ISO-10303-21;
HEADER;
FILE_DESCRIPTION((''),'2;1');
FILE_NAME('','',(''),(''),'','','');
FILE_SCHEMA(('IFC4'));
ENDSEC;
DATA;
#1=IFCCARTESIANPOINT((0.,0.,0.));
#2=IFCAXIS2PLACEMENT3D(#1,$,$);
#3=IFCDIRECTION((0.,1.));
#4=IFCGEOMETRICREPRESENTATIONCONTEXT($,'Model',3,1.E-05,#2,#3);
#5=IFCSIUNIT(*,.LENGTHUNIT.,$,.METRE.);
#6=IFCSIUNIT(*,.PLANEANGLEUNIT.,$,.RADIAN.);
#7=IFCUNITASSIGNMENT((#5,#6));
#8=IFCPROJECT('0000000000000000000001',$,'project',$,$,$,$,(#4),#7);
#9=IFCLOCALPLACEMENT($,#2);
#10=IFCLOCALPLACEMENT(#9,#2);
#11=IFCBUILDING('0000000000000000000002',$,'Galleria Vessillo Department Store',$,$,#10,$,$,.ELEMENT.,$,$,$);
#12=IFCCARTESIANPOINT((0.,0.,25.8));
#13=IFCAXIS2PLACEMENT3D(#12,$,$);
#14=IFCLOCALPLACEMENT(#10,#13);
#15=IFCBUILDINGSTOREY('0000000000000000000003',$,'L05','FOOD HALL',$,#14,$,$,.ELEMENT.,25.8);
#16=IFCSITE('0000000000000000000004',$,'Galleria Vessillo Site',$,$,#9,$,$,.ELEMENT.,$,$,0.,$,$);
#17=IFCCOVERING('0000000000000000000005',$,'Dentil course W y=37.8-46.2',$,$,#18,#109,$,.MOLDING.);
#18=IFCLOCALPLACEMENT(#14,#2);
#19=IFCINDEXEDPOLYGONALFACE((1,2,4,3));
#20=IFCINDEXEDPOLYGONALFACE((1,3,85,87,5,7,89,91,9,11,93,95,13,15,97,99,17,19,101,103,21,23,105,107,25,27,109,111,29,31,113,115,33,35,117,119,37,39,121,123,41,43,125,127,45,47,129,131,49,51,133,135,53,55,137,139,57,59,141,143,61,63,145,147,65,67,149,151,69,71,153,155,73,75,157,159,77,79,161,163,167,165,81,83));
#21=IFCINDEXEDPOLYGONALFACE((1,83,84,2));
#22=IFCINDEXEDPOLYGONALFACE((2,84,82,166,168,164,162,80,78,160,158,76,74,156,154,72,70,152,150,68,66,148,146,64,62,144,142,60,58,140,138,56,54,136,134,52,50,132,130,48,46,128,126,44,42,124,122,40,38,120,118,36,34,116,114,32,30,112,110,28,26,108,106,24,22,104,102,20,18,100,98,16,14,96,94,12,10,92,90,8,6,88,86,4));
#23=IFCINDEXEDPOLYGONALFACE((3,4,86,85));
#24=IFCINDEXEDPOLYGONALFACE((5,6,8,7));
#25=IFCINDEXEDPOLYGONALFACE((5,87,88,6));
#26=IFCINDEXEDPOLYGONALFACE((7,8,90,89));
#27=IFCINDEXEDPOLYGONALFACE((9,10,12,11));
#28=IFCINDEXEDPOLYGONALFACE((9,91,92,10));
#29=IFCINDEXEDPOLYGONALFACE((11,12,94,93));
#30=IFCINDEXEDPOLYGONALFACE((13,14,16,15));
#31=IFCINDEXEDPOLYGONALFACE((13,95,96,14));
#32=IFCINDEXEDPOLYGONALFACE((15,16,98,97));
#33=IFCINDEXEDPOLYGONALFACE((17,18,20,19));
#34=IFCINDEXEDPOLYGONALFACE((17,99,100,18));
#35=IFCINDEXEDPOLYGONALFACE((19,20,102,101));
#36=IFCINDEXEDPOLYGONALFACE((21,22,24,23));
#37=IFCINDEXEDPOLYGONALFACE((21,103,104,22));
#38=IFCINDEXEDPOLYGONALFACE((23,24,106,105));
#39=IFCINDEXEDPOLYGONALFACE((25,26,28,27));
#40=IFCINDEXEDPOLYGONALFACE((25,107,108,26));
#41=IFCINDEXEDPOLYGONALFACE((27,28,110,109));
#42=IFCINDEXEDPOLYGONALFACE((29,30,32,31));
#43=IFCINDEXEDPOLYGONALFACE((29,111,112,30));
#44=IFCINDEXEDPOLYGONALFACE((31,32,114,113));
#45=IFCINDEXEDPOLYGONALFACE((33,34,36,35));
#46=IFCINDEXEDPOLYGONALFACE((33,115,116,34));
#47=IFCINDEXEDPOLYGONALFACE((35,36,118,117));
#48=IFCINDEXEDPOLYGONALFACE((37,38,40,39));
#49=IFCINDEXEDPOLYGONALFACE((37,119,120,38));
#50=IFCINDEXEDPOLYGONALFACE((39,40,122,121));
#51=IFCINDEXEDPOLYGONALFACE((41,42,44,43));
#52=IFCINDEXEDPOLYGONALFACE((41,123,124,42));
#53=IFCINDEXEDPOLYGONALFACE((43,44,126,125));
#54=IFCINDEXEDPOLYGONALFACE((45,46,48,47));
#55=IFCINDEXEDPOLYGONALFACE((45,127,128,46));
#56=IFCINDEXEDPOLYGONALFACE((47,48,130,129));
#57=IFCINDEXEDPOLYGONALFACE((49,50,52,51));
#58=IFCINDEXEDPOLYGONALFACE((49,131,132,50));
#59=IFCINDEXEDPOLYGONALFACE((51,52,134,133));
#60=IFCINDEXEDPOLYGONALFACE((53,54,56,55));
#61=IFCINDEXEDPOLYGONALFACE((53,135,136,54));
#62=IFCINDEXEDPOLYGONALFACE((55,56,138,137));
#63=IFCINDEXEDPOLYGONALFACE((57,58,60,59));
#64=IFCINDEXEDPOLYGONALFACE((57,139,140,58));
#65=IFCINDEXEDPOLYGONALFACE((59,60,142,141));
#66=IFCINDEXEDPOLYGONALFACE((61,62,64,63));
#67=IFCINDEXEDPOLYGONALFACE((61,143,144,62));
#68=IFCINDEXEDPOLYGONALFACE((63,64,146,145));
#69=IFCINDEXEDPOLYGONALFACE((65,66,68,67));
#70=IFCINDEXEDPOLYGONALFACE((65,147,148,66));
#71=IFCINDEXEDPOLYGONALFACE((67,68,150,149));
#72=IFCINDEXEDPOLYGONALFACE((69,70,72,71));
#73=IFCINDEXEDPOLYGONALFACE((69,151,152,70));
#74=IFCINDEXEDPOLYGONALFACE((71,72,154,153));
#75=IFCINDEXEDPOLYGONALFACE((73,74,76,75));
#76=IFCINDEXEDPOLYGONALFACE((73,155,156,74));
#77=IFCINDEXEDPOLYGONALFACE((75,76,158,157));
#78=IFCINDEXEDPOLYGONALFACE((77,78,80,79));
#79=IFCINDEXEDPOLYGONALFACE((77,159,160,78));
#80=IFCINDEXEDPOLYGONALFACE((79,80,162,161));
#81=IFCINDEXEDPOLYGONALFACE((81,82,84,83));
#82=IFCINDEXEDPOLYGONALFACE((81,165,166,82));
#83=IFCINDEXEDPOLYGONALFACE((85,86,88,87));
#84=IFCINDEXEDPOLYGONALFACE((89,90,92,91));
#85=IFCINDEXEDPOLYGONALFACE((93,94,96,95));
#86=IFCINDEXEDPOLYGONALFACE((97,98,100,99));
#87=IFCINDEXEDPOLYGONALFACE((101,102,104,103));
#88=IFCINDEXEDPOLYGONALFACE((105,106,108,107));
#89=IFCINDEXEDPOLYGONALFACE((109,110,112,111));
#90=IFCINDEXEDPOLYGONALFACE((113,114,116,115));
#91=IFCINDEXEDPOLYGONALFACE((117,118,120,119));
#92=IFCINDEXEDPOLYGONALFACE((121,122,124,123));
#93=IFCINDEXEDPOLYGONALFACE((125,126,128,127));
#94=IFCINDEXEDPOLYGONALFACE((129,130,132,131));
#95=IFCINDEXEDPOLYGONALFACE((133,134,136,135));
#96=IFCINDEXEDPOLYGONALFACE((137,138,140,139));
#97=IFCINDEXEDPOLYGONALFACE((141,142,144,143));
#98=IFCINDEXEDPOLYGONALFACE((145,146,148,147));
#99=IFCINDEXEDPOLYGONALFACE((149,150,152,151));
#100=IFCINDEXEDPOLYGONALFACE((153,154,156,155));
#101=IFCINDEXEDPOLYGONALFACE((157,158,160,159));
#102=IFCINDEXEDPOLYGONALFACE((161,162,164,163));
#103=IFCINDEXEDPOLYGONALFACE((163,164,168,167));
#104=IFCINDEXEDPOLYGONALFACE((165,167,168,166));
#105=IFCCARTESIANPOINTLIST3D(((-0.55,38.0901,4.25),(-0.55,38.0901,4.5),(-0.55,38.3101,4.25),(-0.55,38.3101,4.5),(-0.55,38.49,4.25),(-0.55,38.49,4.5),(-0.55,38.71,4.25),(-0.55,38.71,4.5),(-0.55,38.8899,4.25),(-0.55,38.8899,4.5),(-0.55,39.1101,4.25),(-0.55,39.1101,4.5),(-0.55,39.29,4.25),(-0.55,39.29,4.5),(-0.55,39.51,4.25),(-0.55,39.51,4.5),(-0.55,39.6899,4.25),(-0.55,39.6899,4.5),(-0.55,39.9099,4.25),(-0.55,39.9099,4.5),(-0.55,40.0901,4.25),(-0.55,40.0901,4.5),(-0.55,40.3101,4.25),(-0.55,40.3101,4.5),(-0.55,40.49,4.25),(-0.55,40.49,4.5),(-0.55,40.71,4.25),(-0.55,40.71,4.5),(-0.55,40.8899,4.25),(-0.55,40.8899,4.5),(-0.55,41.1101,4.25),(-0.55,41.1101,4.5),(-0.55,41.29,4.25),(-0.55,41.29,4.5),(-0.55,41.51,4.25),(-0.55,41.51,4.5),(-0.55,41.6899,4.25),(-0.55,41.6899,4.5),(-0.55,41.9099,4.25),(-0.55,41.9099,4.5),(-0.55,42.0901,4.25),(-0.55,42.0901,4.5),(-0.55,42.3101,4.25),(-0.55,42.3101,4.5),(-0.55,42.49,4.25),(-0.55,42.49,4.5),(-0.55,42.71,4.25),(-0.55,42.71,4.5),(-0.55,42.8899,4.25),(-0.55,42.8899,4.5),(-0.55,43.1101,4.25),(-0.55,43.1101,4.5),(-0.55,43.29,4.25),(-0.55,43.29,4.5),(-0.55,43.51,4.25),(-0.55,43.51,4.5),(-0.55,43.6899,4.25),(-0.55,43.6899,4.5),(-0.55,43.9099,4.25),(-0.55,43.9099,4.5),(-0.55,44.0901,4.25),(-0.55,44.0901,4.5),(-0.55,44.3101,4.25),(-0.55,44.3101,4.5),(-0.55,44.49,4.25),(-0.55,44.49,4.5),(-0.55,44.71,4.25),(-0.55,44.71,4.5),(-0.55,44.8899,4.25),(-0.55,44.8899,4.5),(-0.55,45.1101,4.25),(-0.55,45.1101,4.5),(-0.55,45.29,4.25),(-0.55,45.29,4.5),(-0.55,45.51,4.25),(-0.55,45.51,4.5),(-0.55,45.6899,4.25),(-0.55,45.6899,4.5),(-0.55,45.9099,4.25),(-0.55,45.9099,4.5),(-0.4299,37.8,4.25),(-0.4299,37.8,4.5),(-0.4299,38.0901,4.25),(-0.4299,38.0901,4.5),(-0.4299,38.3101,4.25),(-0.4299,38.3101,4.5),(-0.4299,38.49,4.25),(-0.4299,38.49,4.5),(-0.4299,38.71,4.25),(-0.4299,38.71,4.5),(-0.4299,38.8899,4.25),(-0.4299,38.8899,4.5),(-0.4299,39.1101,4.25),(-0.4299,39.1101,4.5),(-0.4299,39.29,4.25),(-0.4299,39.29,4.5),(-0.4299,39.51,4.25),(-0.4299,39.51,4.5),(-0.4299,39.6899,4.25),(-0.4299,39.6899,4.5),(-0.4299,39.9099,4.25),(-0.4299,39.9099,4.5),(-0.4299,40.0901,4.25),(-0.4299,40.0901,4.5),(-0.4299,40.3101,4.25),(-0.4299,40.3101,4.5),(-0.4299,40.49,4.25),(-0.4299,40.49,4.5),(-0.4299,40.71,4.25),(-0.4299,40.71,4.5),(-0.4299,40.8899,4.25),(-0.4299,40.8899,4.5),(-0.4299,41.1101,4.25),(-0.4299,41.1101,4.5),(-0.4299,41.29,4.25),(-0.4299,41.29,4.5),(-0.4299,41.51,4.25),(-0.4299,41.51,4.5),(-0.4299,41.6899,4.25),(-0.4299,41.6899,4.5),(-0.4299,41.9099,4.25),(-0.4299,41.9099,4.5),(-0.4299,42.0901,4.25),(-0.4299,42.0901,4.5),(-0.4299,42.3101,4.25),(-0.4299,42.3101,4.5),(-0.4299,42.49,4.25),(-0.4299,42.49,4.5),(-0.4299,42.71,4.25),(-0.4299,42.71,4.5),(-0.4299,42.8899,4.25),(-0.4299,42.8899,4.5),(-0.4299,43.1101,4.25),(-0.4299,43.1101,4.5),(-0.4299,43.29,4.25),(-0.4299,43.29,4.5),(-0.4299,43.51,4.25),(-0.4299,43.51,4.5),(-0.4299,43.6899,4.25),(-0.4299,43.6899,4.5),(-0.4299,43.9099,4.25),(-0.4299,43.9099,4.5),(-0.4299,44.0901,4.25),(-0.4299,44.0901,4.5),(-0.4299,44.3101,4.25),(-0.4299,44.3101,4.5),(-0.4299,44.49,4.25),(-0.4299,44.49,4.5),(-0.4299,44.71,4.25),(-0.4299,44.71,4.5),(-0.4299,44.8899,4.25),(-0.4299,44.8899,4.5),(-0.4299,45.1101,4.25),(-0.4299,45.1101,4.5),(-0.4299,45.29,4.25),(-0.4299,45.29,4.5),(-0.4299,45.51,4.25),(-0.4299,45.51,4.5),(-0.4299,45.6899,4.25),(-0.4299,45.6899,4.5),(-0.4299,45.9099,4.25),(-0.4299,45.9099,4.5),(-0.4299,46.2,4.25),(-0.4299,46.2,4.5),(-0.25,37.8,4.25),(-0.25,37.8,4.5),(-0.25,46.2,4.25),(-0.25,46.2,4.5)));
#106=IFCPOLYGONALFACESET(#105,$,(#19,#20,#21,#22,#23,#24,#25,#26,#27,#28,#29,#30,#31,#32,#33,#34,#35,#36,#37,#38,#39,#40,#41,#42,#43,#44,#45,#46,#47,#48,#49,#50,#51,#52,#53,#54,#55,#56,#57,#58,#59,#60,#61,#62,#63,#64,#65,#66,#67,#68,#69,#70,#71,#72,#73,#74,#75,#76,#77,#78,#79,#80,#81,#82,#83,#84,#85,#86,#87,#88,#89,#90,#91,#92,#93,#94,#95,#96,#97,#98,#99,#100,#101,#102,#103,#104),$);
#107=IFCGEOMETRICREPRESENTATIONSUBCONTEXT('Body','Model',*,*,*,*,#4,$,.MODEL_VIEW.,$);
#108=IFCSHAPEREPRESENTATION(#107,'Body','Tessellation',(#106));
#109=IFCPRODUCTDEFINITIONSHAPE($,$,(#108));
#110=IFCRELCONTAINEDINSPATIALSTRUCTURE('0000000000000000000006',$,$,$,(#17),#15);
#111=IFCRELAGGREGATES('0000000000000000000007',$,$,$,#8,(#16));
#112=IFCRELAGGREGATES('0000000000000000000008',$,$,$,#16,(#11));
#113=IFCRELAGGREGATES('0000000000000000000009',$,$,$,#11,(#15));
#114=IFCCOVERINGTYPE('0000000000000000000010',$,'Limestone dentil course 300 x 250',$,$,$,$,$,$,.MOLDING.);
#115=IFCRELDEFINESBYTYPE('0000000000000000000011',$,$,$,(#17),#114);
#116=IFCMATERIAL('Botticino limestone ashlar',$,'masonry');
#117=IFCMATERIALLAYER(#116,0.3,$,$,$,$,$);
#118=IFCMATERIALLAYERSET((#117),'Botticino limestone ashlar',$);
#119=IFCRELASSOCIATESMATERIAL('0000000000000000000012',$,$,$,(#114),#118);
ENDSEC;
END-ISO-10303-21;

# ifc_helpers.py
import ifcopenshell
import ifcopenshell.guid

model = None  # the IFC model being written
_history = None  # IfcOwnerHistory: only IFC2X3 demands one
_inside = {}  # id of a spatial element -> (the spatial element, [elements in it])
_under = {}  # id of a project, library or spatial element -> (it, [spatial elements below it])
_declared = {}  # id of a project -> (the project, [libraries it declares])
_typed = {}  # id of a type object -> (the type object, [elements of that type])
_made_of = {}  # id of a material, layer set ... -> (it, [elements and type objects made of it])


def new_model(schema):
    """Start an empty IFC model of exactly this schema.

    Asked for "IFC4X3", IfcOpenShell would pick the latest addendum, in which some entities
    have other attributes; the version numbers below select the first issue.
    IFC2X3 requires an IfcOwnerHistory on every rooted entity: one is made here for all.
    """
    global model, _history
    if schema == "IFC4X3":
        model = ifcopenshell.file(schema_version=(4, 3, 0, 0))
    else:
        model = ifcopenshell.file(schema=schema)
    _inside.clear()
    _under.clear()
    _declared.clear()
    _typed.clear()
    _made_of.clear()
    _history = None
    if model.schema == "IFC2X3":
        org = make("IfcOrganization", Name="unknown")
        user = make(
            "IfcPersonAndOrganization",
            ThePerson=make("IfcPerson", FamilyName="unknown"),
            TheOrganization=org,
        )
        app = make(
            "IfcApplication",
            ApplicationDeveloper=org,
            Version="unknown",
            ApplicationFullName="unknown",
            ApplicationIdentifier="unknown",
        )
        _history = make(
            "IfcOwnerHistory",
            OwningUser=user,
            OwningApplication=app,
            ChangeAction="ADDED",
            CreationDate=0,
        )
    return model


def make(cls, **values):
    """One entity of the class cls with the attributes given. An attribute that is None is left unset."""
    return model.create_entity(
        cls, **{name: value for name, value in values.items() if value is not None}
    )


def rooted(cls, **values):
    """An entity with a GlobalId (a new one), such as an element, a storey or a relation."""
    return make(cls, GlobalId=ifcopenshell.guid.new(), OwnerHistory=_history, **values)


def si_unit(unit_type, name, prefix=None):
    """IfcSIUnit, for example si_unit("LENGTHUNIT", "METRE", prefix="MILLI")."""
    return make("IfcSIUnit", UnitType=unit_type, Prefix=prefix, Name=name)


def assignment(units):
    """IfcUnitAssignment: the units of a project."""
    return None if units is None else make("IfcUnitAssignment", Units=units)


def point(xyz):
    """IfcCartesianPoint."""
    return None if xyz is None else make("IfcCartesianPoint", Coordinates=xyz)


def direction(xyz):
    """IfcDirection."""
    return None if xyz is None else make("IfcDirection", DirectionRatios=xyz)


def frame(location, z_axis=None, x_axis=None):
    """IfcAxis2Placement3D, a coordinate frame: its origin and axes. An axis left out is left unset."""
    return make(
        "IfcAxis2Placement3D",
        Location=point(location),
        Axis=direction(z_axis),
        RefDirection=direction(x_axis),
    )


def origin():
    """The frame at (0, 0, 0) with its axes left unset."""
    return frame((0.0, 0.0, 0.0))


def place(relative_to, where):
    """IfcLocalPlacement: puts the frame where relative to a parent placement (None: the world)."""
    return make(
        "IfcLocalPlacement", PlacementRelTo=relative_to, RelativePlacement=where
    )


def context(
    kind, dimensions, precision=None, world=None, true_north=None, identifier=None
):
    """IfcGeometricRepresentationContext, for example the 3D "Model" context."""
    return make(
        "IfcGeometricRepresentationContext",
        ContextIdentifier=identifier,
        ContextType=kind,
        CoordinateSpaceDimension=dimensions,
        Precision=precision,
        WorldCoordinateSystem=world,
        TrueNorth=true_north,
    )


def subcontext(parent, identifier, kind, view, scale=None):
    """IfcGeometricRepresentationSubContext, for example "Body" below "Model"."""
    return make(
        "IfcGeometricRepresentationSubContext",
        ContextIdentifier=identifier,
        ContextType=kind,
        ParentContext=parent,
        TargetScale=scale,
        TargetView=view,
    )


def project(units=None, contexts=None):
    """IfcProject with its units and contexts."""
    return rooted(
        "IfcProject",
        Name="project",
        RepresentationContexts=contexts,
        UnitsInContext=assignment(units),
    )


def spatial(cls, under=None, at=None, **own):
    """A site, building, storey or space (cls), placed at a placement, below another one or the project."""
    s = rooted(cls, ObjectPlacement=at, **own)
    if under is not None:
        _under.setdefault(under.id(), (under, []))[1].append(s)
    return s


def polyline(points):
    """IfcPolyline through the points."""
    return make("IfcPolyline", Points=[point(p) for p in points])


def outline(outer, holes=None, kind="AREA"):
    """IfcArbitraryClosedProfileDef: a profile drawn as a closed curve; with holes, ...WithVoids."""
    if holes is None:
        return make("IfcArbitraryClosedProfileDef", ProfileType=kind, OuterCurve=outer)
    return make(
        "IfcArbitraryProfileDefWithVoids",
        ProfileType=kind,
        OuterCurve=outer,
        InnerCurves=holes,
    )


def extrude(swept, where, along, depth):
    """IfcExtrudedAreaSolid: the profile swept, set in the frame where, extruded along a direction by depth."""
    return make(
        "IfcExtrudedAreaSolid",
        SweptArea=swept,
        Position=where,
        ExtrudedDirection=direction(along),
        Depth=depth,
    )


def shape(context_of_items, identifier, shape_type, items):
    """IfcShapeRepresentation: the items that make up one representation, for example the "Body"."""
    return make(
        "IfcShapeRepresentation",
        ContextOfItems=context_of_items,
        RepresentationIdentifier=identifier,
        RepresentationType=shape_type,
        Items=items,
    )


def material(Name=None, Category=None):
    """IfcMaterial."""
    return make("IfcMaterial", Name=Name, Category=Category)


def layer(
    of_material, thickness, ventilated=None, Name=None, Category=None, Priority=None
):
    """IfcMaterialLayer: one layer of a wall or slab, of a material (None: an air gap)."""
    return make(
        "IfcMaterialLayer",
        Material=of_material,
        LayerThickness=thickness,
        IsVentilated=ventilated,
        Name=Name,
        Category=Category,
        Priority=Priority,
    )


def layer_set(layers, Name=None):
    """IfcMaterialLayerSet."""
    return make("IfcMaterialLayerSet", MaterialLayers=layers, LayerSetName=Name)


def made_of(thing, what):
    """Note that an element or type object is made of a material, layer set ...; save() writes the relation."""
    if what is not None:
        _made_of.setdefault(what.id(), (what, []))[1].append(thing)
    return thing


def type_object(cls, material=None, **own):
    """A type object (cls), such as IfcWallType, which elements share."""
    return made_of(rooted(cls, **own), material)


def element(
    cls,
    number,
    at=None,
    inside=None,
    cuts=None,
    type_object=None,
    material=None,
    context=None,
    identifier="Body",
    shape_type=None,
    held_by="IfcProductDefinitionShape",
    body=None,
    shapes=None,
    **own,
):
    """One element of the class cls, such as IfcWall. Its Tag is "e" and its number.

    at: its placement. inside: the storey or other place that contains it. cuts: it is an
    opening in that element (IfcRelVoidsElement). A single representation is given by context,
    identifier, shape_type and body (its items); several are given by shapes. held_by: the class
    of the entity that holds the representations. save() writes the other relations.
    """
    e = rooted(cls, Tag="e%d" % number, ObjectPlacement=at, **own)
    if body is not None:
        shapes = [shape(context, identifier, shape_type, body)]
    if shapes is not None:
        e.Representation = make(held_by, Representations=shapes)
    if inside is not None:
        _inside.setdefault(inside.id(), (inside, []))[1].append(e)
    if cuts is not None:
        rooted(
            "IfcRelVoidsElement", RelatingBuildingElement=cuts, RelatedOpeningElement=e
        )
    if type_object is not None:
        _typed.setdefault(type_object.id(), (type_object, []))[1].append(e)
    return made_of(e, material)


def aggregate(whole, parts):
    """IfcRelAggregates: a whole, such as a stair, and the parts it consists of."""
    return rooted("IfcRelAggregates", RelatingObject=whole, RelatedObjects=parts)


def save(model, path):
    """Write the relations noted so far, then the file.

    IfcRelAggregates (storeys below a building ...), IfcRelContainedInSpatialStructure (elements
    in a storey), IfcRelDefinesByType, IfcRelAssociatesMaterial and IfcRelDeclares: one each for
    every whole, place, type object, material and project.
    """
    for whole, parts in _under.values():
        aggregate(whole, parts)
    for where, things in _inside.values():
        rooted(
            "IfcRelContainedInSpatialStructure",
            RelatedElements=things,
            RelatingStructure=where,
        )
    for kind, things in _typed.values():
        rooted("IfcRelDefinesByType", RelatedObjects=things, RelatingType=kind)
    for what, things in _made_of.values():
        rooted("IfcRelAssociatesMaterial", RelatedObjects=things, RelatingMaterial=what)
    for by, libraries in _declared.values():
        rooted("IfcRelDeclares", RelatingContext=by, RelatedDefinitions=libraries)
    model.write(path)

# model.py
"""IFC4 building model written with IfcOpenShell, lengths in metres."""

from ifc_helpers import new_model, si_unit, direction, frame, origin, place, context, subcontext, project, spatial, polyline, outline, extrude, material, layer, layer_set, type_object, element, save


model = new_model("IFC4")

# Units and contexts
model_context = context("Model", 3, precision=1e-05, world=origin(), true_north=direction((0.0, 1.0)))
body_context = subcontext(model_context, "Body", "Model", "MODEL_VIEW")
ifc_project = project(units=[si_unit("LENGTHUNIT", "METRE"), si_unit("PLANEANGLEUNIT", "RADIAN")], contexts=[model_context])

# Site, building, storey
site_placement = place(None, origin())
site = spatial("IfcSite", under=ifc_project, at=site_placement, Name="Galleria Vessillo Site", CompositionType="ELEMENT", RefElevation=0.0)
building_placement = place(site_placement, origin())
building = spatial("IfcBuilding", under=site, at=building_placement, Name="Galleria Vessillo Department Store", CompositionType="ELEMENT")
storey_placement = place(building_placement, frame((0.0, 0.0, 25.8)))
storey = spatial("IfcBuildingStorey", under=building, at=storey_placement, Name="L05", Description="FOOD HALL", CompositionType="ELEMENT", Elevation=25.8)

# Covering
ifc_material_1 = material(Name="Botticino limestone ashlar", Category="masonry")
ifc_layer_1 = layer(ifc_material_1, 0.3)
ifc_layer_set_1 = layer_set([ifc_layer_1], Name="Botticino limestone ashlar")
covering_type = type_object("IfcCoveringType", Name="Limestone dentil course 300 x 250", PredefinedType="MOLDING", material=ifc_layer_set_1)
covering_1_placement = place(storey_placement, frame((0.0, 0.0, 4.25)))
element("IfcCovering", 1, at=covering_1_placement, inside=storey, type_object=covering_type, Name="Dentil course W y=37.8-46.2", PredefinedType="MOLDING", context=body_context, shape_type="SweptSolid", body=[
    extrude(outline(polyline([(-0.25, 37.8), (-0.4299, 37.8), (-0.4299, 38.0901), (-0.55, 38.0901), (-0.55, 38.3101), (-0.4299, 38.3101), (-0.4299, 38.49), (-0.55, 38.49), (-0.55, 38.71), (-0.4299, 38.71), (-0.4299, 38.8899), (-0.55, 38.8899), (-0.55, 39.1101), (-0.4299, 39.1101), (-0.4299, 39.29), (-0.55, 39.29), (-0.55, 39.51), (-0.4299, 39.51), (-0.4299, 39.6899), (-0.55, 39.6899), (-0.55, 39.9099), (-0.4299, 39.9099), (-0.4299, 40.0901), (-0.55, 40.0901), (-0.55, 40.3101), (-0.4299, 40.3101), (-0.4299, 40.49), (-0.55, 40.49), (-0.55, 40.71), (-0.4299, 40.71), (-0.4299, 40.8899), (-0.55, 40.8899), (-0.55, 41.1101), (-0.4299, 41.1101), (-0.4299, 41.29), (-0.55, 41.29), (-0.55, 41.51), (-0.4299, 41.51), (-0.4299, 41.6899), (-0.55, 41.6899), (-0.55, 41.9099), (-0.4299, 41.9099), (-0.4299, 42.0901), (-0.55, 42.0901), (-0.55, 42.3101), (-0.4299, 42.3101), (-0.4299, 42.49), (-0.55, 42.49), (-0.55, 42.71), (-0.4299, 42.71), (-0.4299, 42.8899), (-0.55, 42.8899), (-0.55, 43.1101), (-0.4299, 43.1101), (-0.4299, 43.29), (-0.55, 43.29), (-0.55, 43.51), (-0.4299, 43.51), (-0.4299, 43.6899), (-0.55, 43.6899), (-0.55, 43.9099), (-0.4299, 43.9099), (-0.4299, 44.0901), (-0.55, 44.0901), (-0.55, 44.3101), (-0.4299, 44.3101), (-0.4299, 44.49), (-0.55, 44.49), (-0.55, 44.71), (-0.4299, 44.71), (-0.4299, 44.8899), (-0.55, 44.8899), (-0.55, 45.1101), (-0.4299, 45.1101), (-0.4299, 45.29), (-0.55, 45.29), (-0.55, 45.51), (-0.4299, 45.51), (-0.4299, 45.6899), (-0.55, 45.6899), (-0.55, 45.9099), (-0.4299, 45.9099), (-0.4299, 46.2), (-0.25, 46.2), (-0.25, 37.8)])), origin(), (0.0, 0.0, 1.0), 0.25),
])

save(model, "model.ifc")
